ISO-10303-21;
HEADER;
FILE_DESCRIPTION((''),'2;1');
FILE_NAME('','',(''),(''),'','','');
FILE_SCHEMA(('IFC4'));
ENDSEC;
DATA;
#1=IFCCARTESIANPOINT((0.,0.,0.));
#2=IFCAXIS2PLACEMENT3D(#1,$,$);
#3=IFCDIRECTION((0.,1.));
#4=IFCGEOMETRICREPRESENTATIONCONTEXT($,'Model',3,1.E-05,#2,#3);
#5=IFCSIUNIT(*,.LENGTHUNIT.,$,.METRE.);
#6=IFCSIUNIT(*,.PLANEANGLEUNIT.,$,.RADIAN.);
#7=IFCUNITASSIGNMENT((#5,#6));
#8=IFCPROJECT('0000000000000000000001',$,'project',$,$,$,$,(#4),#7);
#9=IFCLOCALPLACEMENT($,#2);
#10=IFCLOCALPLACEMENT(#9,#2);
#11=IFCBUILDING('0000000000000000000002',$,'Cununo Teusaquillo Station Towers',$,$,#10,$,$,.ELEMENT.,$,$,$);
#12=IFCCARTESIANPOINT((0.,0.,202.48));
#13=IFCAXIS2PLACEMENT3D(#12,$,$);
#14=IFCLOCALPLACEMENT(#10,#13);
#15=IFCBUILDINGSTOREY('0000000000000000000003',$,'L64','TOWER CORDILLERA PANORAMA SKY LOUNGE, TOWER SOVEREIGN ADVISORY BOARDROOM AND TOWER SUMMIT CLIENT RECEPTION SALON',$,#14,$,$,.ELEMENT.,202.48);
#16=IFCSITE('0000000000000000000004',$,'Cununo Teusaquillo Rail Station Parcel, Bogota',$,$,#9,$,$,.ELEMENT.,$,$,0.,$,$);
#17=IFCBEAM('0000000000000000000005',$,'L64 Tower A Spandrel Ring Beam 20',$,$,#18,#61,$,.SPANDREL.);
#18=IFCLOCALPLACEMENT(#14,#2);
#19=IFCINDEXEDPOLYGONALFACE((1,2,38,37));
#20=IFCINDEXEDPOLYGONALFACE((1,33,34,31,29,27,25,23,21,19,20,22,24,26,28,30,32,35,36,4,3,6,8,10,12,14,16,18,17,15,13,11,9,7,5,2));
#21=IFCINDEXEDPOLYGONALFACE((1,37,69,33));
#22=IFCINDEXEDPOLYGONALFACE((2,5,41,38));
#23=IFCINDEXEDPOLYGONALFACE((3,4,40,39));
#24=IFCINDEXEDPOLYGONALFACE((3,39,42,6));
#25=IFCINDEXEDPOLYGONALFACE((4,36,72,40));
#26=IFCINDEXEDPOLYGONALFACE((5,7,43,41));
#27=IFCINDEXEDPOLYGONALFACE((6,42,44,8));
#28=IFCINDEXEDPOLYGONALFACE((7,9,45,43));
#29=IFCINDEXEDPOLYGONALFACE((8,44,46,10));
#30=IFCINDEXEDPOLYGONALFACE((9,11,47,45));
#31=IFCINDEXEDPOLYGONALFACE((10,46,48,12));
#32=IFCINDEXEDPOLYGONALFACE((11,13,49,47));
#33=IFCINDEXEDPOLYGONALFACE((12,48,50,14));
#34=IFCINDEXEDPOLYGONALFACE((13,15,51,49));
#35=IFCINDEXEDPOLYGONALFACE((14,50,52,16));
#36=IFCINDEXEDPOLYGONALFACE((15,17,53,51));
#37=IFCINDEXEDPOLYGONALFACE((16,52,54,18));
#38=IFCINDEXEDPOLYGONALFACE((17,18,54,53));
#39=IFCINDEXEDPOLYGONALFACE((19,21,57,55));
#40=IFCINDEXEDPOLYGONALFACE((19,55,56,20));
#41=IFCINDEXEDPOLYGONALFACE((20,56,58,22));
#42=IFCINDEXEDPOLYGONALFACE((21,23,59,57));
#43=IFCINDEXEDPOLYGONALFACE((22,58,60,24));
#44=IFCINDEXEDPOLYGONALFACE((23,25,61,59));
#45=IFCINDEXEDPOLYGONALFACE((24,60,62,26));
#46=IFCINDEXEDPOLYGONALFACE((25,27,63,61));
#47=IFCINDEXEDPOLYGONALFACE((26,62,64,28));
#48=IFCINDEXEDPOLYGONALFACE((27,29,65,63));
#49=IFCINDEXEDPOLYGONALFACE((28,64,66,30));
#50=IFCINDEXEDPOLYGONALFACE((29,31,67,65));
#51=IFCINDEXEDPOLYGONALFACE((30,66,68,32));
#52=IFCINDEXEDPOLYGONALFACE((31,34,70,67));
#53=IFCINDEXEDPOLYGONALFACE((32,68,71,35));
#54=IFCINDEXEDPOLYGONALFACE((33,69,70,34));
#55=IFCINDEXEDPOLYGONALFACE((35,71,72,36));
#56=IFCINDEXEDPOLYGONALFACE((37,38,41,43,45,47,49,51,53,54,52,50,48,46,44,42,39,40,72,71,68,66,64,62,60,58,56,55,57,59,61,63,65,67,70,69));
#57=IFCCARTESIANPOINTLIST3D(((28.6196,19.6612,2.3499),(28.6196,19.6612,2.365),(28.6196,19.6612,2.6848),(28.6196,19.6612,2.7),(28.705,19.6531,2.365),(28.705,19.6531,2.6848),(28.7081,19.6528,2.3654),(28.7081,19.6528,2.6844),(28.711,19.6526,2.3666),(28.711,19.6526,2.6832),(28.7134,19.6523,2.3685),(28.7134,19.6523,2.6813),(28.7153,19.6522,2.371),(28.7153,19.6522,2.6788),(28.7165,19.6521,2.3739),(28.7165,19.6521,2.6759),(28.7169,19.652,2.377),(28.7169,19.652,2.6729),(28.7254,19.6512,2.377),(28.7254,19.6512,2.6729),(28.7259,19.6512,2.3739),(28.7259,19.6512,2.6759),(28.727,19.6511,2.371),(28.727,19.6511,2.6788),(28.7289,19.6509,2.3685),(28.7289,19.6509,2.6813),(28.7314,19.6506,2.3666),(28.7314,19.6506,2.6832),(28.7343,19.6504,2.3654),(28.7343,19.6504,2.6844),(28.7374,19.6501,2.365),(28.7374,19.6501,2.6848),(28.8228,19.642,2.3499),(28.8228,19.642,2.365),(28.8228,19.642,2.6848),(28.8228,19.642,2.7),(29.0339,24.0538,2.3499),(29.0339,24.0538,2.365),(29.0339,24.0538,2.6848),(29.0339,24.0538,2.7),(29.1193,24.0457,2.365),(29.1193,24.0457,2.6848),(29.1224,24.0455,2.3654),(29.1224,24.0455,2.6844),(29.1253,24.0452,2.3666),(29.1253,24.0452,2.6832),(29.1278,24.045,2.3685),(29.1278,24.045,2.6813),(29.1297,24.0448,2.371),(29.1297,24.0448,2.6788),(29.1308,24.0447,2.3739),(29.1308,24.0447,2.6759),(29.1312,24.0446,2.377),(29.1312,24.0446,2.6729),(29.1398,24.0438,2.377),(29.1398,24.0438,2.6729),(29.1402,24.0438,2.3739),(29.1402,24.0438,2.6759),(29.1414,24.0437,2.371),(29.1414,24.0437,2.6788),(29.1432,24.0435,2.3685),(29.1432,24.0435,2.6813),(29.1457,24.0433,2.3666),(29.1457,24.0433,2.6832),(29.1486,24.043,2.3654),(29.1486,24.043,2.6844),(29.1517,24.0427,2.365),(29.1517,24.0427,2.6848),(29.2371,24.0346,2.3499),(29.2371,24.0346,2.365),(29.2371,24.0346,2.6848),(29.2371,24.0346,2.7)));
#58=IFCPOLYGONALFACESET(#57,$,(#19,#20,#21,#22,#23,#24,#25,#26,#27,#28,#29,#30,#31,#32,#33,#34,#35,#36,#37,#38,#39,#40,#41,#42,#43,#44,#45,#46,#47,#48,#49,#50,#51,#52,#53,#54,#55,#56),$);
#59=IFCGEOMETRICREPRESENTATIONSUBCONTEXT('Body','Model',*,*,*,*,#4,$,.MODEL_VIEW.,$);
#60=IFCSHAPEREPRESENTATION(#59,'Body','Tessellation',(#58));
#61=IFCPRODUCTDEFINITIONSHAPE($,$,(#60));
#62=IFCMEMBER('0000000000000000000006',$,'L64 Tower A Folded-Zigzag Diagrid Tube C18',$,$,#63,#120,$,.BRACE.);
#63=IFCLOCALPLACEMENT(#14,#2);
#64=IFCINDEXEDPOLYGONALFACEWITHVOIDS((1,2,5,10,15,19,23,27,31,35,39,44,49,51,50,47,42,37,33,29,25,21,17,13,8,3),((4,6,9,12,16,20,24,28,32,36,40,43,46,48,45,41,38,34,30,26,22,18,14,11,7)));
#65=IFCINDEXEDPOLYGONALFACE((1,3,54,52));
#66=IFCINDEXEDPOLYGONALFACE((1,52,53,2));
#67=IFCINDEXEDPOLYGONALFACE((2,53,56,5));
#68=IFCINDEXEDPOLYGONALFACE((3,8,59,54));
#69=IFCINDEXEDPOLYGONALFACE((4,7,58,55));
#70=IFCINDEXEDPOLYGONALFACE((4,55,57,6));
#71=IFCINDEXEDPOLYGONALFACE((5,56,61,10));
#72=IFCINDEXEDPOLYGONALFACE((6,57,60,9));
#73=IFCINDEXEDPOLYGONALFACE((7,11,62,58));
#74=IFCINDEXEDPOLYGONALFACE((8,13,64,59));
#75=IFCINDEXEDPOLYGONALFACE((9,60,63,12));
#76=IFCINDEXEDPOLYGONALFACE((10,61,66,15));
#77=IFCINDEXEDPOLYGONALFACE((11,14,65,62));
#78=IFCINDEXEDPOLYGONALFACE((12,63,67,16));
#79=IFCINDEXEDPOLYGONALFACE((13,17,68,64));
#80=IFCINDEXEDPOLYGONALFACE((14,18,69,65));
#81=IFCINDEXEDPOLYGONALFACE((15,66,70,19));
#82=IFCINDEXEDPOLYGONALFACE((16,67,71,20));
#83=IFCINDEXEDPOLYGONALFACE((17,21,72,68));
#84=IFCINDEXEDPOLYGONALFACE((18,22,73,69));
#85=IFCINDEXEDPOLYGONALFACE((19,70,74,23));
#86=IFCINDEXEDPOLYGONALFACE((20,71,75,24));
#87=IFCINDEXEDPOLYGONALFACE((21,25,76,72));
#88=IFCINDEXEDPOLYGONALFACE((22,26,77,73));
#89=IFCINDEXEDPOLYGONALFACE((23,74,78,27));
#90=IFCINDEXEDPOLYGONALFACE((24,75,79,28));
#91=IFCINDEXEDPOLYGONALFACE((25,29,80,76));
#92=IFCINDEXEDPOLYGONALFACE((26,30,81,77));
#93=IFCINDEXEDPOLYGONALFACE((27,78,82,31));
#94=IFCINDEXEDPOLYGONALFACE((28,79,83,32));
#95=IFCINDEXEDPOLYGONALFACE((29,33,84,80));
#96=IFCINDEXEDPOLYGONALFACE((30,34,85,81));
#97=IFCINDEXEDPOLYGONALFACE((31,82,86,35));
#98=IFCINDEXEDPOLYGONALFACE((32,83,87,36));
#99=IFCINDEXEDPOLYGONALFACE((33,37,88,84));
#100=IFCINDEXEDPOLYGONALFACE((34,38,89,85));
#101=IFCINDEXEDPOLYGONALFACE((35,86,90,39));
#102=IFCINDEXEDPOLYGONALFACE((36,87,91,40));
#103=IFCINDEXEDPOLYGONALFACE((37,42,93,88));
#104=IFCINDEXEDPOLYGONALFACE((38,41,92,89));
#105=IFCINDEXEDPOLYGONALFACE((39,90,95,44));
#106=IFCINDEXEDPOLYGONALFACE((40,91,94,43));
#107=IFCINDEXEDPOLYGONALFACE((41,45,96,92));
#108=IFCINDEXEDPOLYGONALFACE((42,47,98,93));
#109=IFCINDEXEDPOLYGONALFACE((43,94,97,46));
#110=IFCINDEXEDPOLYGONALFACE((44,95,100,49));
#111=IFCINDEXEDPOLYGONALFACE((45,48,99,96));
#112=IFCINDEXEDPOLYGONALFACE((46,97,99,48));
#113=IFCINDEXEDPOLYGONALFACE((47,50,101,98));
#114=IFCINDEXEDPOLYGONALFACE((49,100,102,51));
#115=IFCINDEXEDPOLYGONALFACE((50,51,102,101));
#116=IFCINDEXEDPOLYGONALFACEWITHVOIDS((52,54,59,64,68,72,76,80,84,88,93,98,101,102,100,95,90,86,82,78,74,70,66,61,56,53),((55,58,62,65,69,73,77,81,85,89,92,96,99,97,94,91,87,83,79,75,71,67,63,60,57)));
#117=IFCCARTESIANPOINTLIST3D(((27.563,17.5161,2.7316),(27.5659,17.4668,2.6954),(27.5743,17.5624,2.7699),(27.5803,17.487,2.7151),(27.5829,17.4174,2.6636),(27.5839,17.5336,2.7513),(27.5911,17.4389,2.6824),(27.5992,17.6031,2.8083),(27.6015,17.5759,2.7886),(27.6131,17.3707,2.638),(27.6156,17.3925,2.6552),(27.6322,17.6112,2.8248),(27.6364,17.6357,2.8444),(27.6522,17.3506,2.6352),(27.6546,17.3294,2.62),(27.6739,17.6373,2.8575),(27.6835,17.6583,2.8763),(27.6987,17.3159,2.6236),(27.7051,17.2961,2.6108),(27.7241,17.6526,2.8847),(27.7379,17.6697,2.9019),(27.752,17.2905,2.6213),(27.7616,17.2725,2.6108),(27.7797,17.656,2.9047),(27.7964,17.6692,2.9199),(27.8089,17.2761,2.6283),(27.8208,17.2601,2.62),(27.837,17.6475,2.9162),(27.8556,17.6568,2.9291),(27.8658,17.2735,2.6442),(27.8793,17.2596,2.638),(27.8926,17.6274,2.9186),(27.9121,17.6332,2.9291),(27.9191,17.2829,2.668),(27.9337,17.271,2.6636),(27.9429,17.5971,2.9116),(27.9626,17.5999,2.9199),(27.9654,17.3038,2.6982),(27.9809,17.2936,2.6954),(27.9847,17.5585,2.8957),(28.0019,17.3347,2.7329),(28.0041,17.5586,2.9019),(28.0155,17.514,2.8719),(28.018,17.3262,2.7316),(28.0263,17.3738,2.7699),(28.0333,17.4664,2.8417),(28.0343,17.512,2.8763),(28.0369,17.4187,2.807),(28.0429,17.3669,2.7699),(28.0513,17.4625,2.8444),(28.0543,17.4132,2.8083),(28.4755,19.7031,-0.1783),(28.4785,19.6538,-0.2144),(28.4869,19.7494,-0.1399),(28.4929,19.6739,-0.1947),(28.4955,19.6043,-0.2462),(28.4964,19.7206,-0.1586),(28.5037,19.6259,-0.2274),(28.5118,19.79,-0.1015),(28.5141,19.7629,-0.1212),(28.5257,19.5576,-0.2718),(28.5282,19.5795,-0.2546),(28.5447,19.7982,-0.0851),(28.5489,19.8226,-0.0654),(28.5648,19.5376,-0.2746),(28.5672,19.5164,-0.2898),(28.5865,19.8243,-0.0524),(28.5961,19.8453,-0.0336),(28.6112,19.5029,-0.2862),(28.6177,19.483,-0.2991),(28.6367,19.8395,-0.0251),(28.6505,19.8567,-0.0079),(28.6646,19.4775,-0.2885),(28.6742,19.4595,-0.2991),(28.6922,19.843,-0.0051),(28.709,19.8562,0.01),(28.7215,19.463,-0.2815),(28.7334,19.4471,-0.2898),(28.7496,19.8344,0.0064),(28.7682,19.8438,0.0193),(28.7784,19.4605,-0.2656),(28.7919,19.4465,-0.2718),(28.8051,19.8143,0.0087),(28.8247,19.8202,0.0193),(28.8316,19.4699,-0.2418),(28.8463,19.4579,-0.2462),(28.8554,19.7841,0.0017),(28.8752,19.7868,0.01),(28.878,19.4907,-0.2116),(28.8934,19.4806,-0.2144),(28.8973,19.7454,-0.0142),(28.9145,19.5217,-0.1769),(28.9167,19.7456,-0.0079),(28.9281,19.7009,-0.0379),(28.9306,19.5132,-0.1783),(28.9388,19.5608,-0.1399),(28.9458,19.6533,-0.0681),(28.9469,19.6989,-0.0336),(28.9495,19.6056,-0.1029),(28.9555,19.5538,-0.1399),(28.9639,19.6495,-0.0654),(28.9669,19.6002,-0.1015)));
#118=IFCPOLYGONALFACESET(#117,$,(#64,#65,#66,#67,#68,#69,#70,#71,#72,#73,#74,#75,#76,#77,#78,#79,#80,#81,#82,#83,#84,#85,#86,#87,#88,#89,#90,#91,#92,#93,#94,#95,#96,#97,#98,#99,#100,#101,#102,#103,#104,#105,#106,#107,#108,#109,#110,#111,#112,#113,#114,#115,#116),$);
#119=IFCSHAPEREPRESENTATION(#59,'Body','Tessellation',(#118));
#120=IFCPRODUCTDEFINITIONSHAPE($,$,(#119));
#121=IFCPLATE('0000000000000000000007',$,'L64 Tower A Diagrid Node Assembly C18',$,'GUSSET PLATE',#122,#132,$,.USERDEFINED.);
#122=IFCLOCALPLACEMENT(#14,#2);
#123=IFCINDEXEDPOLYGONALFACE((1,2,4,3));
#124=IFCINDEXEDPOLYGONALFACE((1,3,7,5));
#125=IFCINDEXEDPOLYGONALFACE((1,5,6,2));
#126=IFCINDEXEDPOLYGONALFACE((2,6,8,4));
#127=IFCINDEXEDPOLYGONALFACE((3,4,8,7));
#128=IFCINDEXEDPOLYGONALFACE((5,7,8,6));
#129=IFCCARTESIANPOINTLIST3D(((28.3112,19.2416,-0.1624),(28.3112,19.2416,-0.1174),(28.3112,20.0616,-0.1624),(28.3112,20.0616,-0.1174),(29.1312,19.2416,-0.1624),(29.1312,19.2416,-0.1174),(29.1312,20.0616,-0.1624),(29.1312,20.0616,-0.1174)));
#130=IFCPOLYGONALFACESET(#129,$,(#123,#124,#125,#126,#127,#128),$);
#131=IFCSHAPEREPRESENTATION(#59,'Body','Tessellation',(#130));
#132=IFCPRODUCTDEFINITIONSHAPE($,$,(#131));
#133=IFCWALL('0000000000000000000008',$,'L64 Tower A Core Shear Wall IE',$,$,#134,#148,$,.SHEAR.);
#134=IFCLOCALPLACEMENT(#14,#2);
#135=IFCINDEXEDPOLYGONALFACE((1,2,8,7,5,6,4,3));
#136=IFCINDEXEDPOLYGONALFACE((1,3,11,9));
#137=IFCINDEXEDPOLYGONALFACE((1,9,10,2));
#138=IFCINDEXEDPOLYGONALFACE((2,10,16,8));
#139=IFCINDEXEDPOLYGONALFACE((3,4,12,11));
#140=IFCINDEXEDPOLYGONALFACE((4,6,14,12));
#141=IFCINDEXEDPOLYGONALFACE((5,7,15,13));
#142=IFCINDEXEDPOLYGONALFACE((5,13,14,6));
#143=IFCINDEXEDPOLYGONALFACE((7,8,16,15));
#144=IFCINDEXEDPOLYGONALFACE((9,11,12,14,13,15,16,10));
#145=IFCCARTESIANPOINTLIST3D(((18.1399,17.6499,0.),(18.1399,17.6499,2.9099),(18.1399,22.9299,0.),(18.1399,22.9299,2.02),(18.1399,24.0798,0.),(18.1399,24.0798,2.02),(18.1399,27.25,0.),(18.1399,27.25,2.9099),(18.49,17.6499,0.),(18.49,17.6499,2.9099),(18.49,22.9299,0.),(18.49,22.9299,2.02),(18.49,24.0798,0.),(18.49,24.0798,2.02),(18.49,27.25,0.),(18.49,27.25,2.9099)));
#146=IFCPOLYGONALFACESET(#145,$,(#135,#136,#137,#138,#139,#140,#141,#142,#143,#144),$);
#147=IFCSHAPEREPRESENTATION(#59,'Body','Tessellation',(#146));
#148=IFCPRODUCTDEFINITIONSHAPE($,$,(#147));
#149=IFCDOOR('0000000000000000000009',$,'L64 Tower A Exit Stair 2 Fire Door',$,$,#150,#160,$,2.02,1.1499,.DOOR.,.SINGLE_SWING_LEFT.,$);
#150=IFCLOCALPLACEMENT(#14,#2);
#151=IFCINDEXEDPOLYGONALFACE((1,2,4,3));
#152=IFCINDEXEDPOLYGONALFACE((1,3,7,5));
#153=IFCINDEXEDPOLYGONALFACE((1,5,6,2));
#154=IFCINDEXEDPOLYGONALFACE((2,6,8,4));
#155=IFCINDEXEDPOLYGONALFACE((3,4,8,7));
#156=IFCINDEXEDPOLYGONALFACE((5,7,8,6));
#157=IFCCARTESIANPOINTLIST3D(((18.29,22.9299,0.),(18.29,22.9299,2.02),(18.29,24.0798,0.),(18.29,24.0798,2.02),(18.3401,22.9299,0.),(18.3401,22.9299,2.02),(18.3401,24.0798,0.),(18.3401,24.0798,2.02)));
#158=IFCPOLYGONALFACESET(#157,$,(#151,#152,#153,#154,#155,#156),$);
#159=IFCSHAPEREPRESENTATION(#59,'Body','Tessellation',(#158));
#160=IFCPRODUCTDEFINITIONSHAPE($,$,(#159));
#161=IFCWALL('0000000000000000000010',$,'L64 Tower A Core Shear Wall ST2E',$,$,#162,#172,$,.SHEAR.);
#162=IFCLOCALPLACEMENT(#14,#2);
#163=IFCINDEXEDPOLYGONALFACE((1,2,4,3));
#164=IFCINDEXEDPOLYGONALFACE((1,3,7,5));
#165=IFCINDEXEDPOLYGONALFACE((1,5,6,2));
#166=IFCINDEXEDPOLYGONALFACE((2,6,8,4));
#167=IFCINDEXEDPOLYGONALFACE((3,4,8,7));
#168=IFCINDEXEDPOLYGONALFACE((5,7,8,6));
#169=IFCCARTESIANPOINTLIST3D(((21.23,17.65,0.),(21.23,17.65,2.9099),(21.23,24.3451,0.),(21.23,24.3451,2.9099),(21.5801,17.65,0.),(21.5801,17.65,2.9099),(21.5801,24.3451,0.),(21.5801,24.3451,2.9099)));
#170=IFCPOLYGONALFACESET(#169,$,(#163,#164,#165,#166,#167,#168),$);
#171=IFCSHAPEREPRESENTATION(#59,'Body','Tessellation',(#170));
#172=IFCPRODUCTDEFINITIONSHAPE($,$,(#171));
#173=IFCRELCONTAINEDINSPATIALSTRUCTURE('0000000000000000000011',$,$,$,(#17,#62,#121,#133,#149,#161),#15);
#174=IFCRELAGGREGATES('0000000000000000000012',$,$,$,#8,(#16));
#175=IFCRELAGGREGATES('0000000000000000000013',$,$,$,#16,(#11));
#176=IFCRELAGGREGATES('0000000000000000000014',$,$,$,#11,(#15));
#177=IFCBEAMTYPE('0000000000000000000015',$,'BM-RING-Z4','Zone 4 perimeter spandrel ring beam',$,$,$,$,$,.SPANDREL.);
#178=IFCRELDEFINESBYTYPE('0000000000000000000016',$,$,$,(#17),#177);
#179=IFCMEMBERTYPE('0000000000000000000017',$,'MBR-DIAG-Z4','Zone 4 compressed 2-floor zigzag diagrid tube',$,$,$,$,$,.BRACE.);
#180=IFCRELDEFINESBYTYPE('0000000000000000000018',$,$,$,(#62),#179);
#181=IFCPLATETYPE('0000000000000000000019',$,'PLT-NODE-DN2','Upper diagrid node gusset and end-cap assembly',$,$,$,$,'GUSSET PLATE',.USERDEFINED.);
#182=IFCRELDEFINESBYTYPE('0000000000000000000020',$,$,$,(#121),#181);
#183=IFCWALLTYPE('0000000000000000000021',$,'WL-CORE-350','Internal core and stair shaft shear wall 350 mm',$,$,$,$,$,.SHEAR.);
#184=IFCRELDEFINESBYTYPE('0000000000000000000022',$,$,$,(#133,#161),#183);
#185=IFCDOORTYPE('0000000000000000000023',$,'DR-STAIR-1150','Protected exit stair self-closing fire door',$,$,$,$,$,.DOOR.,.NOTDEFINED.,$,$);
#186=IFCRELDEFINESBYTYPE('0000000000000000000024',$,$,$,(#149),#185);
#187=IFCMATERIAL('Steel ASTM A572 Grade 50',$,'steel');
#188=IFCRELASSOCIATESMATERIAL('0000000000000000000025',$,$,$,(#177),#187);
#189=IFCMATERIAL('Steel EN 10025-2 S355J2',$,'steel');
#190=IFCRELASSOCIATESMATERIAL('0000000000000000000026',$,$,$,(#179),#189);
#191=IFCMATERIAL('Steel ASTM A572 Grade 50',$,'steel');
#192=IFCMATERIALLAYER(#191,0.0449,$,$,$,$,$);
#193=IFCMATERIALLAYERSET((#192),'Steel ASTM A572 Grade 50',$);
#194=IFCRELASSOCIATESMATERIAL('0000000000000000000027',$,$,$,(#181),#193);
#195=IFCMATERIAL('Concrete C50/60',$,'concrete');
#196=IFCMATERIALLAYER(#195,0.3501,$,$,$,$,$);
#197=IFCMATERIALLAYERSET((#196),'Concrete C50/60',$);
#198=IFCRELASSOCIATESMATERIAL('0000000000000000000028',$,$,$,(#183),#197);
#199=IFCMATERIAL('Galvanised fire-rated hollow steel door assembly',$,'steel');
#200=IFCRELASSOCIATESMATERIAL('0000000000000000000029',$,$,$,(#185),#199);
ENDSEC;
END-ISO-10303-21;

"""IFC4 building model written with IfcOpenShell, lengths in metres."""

from ifc_helpers import new_model, si_unit, direction, frame, frame_2d, origin, origin_2d, place, context, subcontext, project, spatial, rectangle, hollow_circle, i_section, extrude, source, transform, mapped, material, layer, layer_set, material_profile, profile_set, type_object, element, fill, save


model = new_model("IFC4")

# Units and contexts
model_context = context("Model", 3, precision=1e-05, world=origin(), true_north=direction((0.0, 1.0)))
body_context = subcontext(model_context, "Body", "Model", "MODEL_VIEW")
ifc_project = project(units=[si_unit("LENGTHUNIT", "METRE"), si_unit("PLANEANGLEUNIT", "RADIAN")], contexts=[model_context])

# Site, building, storey
site_placement = place(None, origin())
site = spatial("IfcSite", under=ifc_project, at=site_placement, Name="Cununo Teusaquillo Rail Station Parcel, Bogota", CompositionType="ELEMENT", RefElevation=0.0)
building_placement = place(site_placement, origin())
building = spatial("IfcBuilding", under=site, at=building_placement, Name="Cununo Teusaquillo Station Towers", CompositionType="ELEMENT")
storey_placement = place(building_placement, frame((0.0, 0.0, 202.48)))
storey = spatial("IfcBuildingStorey", under=building, at=storey_placement, Name="L64", Description="TOWER CORDILLERA PANORAMA SKY LOUNGE, TOWER SOVEREIGN ADVISORY BOARDROOM AND TOWER SUMMIT CLIENT RECEPTION SALON", CompositionType="ELEMENT", Elevation=202.48)

# Beam
ifc_material_1 = material(Name="Steel ASTM A572 Grade 50", Category="steel")
ifc_material_profile_1 = material_profile(ifc_material_1, i_section(OverallWidth=0.2041, OverallDepth=0.3501, WebThickness=0.0085, FlangeThickness=0.0151, FilletRadius=0.012, at=origin_2d()), Name="W14X48")
ifc_profile_set_1 = profile_set([ifc_material_profile_1], Name="Steel ASTM A572 Grade 50")
beam_type_1 = type_object("IfcBeamType", Name="BM-RING-Z4", Description="Zone 4 perimeter spandrel ring beam", PredefinedType="SPANDREL", material=ifc_profile_set_1)
beam_1_placement = place(storey_placement, frame((28.7212, 19.6516, 2.5249), z_axis=(0.093903, 0.995581, 0.0), x_axis=(-0.995581, 0.093903, 0.0)))
element("IfcBeam", 1, at=beam_1_placement, inside=storey, type_object=beam_type_1, Name="L64 Tower A Spandrel Ring Beam 20", PredefinedType="SPANDREL", context=body_context, shape_type="SweptSolid", body=[
    extrude(i_section(OverallWidth=0.2041, OverallDepth=0.3501, WebThickness=0.0085, FlangeThickness=0.0151, FilletRadius=0.012, at=origin_2d()), origin(), (0.0, 0.0, 1.0), 4.4121),
])

# Member
ifc_material_2 = material(Name="Steel EN 10025-2 S355J2", Category="steel")
ifc_material_profile_2 = material_profile(ifc_material_2, hollow_circle(Radius=0.2539, WallThickness=0.0181, at=origin_2d()), Name="CHS 508x18")
ifc_profile_set_2 = profile_set([ifc_material_profile_2], Name="Steel EN 10025-2 S355J2")
member_type = type_object("IfcMemberType", Name="MBR-DIAG-Z4", Description="Zone 4 compressed 2-floor zigzag diagrid tube", PredefinedType="BRACE", material=ifc_profile_set_2)
member_placement = place(storey_placement, frame((28.7212, 19.6516, -0.1399), z_axis=(-0.243178, -0.582769, 0.775399), x_axis=(0.922876, -0.385098, 0.0)))
element("IfcMember", 2, at=member_placement, inside=storey, type_object=member_type, Name="L64 Tower A Folded-Zigzag Diagrid Tube C18", PredefinedType="BRACE", context=body_context, shape_type="SweptSolid", body=[
    extrude(hollow_circle(Radius=0.2539, WallThickness=0.0181, at=origin_2d()), origin(), (0.0, 0.0, 1.0), 3.7527),
])

# Plate
ifc_material_3 = material(Name="Steel ASTM A572 Grade 50", Category="steel")
ifc_layer_1 = layer(ifc_material_3, 0.0449)
ifc_layer_set_1 = layer_set([ifc_layer_1], Name="Steel ASTM A572 Grade 50")
plate_type = type_object("IfcPlateType", Name="PLT-NODE-DN2", Description="Upper diagrid node gusset and end-cap assembly", ElementType="GUSSET PLATE", PredefinedType="USERDEFINED", material=ifc_layer_set_1)
shared_shape_1 = source(origin(), body_context, "Body", "SweptSolid", [
    extrude(rectangle(XDim=0.8201, YDim=0.8201, at=origin_2d()), origin(), (0.0, 0.0, 1.0), 0.0449),
])
plate_placement = place(storey_placement, frame((28.7212, 19.6516, -0.1624), z_axis=(0.0, 0.0, 1.0), x_axis=(1.0, 0.0, 0.0)))
element("IfcPlate", 3, at=plate_placement, inside=storey, type_object=plate_type, Name="L64 Tower A Diagrid Node Assembly C18", ObjectType="GUSSET PLATE", PredefinedType="USERDEFINED", context=body_context, shape_type="MappedRepresentation", body=[
    mapped(shared_shape_1, transform((0.0, 0.0, 0.0), x_axis=(1.0, 0.0, 0.0), y_axis=(0.0, 1.0, 0.0), z_axis=(0.0, 0.0, 1.0), scale=1.0)),
])

# Wall, opening, door
ifc_material_4 = material(Name="Concrete C50/60", Category="concrete")
ifc_layer_2 = layer(ifc_material_4, 0.3501)
ifc_layer_set_2 = layer_set([ifc_layer_2], Name="Concrete C50/60")
wall_type_1 = type_object("IfcWallType", Name="WL-CORE-350", Description="Internal core and stair shaft shear wall 350 mm", PredefinedType="SHEAR", material=ifc_layer_set_2)
wall_1_placement = place(storey_placement, frame((18.3149, 17.6499, 0.0), z_axis=(0.0, 0.0, 1.0), x_axis=(0.0, 1.0, 0.0)))
wall_1 = element("IfcWall", 4, at=wall_1_placement, inside=storey, type_object=wall_type_1, Name="L64 Tower A Core Shear Wall IE", PredefinedType="SHEAR", context=body_context, shape_type="SweptSolid", body=[
    extrude(rectangle(XDim=9.6001, YDim=0.3501, at=frame_2d((4.8, 0.0))), origin(), (0.0, 0.0, 1.0), 2.9099),
])
shared_shape_2 = source(origin(), body_context, "Body", "SweptSolid", [
    extrude(rectangle(XDim=1.1499, YDim=2.02, at=frame_2d((0.575, 1.01))), frame((0.0, 0.1851, 0.0), z_axis=(0.0, -1.0, 0.0), x_axis=(1.0, 0.0, 0.0)), (0.0, 0.0, 1.0), 0.3701),
])
opening_1_placement = place(wall_1_placement, frame((5.28, 0.0, 0.0)))
opening_1 = element("IfcOpeningElement", 5, at=opening_1_placement, cuts=wall_1, PredefinedType="OPENING", context=body_context, shape_type="MappedRepresentation", body=[
    mapped(shared_shape_2, transform((0.0, 0.0, 0.0), x_axis=(1.0, 0.0, 0.0), y_axis=(0.0, 1.0, 0.0), z_axis=(0.0, 0.0, 1.0), scale=1.0)),
])
ifc_material_5 = material(Name="Galvanised fire-rated hollow steel door assembly", Category="steel")
door_type_1 = type_object("IfcDoorType", Name="DR-STAIR-1150", Description="Protected exit stair self-closing fire door", OperationType="NOTDEFINED", PredefinedType="DOOR", material=ifc_material_5)
shared_shape_3 = source(origin(), body_context, "Body", "SweptSolid", [
    extrude(rectangle(XDim=1.1499, YDim=2.02, at=frame_2d((0.575, 1.01))), frame((0.0, 0.0249, 0.0), z_axis=(0.0, -1.0, 0.0), x_axis=(1.0, 0.0, 0.0)), (0.0, 0.0, 1.0), 0.05),
])
door_1_placement = place(opening_1_placement, origin())
door_1 = element("IfcDoor", 6, at=door_1_placement, inside=storey, type_object=door_type_1, Name="L64 Tower A Exit Stair 2 Fire Door", OperationType="SINGLE_SWING_LEFT", OverallHeight=2.02, OverallWidth=1.1499, PredefinedType="DOOR", context=body_context, shape_type="MappedRepresentation", body=[
    mapped(shared_shape_3, transform((0.0, 0.0, 0.0), x_axis=(1.0, 0.0, 0.0), y_axis=(0.0, 1.0, 0.0), z_axis=(0.0, 0.0, 1.0), scale=1.0)),
])
fill(opening_1, door_1)

# Wall
wall_2_placement = place(storey_placement, frame((21.405, 17.6499, 0.0), z_axis=(0.0, 0.0, 1.0), x_axis=(0.0, 1.0, 0.0)))
element("IfcWall", 7, at=wall_2_placement, inside=storey, type_object=wall_type_1, Name="L64 Tower A Core Shear Wall ST2E", PredefinedType="SHEAR", context=body_context, shape_type="SweptSolid", body=[
    extrude(rectangle(XDim=6.6951, YDim=0.3501, at=frame_2d((3.3477, 0.0))), origin(), (0.0, 0.0, 1.0), 2.9099),
])

save(model, "model.ifc")
